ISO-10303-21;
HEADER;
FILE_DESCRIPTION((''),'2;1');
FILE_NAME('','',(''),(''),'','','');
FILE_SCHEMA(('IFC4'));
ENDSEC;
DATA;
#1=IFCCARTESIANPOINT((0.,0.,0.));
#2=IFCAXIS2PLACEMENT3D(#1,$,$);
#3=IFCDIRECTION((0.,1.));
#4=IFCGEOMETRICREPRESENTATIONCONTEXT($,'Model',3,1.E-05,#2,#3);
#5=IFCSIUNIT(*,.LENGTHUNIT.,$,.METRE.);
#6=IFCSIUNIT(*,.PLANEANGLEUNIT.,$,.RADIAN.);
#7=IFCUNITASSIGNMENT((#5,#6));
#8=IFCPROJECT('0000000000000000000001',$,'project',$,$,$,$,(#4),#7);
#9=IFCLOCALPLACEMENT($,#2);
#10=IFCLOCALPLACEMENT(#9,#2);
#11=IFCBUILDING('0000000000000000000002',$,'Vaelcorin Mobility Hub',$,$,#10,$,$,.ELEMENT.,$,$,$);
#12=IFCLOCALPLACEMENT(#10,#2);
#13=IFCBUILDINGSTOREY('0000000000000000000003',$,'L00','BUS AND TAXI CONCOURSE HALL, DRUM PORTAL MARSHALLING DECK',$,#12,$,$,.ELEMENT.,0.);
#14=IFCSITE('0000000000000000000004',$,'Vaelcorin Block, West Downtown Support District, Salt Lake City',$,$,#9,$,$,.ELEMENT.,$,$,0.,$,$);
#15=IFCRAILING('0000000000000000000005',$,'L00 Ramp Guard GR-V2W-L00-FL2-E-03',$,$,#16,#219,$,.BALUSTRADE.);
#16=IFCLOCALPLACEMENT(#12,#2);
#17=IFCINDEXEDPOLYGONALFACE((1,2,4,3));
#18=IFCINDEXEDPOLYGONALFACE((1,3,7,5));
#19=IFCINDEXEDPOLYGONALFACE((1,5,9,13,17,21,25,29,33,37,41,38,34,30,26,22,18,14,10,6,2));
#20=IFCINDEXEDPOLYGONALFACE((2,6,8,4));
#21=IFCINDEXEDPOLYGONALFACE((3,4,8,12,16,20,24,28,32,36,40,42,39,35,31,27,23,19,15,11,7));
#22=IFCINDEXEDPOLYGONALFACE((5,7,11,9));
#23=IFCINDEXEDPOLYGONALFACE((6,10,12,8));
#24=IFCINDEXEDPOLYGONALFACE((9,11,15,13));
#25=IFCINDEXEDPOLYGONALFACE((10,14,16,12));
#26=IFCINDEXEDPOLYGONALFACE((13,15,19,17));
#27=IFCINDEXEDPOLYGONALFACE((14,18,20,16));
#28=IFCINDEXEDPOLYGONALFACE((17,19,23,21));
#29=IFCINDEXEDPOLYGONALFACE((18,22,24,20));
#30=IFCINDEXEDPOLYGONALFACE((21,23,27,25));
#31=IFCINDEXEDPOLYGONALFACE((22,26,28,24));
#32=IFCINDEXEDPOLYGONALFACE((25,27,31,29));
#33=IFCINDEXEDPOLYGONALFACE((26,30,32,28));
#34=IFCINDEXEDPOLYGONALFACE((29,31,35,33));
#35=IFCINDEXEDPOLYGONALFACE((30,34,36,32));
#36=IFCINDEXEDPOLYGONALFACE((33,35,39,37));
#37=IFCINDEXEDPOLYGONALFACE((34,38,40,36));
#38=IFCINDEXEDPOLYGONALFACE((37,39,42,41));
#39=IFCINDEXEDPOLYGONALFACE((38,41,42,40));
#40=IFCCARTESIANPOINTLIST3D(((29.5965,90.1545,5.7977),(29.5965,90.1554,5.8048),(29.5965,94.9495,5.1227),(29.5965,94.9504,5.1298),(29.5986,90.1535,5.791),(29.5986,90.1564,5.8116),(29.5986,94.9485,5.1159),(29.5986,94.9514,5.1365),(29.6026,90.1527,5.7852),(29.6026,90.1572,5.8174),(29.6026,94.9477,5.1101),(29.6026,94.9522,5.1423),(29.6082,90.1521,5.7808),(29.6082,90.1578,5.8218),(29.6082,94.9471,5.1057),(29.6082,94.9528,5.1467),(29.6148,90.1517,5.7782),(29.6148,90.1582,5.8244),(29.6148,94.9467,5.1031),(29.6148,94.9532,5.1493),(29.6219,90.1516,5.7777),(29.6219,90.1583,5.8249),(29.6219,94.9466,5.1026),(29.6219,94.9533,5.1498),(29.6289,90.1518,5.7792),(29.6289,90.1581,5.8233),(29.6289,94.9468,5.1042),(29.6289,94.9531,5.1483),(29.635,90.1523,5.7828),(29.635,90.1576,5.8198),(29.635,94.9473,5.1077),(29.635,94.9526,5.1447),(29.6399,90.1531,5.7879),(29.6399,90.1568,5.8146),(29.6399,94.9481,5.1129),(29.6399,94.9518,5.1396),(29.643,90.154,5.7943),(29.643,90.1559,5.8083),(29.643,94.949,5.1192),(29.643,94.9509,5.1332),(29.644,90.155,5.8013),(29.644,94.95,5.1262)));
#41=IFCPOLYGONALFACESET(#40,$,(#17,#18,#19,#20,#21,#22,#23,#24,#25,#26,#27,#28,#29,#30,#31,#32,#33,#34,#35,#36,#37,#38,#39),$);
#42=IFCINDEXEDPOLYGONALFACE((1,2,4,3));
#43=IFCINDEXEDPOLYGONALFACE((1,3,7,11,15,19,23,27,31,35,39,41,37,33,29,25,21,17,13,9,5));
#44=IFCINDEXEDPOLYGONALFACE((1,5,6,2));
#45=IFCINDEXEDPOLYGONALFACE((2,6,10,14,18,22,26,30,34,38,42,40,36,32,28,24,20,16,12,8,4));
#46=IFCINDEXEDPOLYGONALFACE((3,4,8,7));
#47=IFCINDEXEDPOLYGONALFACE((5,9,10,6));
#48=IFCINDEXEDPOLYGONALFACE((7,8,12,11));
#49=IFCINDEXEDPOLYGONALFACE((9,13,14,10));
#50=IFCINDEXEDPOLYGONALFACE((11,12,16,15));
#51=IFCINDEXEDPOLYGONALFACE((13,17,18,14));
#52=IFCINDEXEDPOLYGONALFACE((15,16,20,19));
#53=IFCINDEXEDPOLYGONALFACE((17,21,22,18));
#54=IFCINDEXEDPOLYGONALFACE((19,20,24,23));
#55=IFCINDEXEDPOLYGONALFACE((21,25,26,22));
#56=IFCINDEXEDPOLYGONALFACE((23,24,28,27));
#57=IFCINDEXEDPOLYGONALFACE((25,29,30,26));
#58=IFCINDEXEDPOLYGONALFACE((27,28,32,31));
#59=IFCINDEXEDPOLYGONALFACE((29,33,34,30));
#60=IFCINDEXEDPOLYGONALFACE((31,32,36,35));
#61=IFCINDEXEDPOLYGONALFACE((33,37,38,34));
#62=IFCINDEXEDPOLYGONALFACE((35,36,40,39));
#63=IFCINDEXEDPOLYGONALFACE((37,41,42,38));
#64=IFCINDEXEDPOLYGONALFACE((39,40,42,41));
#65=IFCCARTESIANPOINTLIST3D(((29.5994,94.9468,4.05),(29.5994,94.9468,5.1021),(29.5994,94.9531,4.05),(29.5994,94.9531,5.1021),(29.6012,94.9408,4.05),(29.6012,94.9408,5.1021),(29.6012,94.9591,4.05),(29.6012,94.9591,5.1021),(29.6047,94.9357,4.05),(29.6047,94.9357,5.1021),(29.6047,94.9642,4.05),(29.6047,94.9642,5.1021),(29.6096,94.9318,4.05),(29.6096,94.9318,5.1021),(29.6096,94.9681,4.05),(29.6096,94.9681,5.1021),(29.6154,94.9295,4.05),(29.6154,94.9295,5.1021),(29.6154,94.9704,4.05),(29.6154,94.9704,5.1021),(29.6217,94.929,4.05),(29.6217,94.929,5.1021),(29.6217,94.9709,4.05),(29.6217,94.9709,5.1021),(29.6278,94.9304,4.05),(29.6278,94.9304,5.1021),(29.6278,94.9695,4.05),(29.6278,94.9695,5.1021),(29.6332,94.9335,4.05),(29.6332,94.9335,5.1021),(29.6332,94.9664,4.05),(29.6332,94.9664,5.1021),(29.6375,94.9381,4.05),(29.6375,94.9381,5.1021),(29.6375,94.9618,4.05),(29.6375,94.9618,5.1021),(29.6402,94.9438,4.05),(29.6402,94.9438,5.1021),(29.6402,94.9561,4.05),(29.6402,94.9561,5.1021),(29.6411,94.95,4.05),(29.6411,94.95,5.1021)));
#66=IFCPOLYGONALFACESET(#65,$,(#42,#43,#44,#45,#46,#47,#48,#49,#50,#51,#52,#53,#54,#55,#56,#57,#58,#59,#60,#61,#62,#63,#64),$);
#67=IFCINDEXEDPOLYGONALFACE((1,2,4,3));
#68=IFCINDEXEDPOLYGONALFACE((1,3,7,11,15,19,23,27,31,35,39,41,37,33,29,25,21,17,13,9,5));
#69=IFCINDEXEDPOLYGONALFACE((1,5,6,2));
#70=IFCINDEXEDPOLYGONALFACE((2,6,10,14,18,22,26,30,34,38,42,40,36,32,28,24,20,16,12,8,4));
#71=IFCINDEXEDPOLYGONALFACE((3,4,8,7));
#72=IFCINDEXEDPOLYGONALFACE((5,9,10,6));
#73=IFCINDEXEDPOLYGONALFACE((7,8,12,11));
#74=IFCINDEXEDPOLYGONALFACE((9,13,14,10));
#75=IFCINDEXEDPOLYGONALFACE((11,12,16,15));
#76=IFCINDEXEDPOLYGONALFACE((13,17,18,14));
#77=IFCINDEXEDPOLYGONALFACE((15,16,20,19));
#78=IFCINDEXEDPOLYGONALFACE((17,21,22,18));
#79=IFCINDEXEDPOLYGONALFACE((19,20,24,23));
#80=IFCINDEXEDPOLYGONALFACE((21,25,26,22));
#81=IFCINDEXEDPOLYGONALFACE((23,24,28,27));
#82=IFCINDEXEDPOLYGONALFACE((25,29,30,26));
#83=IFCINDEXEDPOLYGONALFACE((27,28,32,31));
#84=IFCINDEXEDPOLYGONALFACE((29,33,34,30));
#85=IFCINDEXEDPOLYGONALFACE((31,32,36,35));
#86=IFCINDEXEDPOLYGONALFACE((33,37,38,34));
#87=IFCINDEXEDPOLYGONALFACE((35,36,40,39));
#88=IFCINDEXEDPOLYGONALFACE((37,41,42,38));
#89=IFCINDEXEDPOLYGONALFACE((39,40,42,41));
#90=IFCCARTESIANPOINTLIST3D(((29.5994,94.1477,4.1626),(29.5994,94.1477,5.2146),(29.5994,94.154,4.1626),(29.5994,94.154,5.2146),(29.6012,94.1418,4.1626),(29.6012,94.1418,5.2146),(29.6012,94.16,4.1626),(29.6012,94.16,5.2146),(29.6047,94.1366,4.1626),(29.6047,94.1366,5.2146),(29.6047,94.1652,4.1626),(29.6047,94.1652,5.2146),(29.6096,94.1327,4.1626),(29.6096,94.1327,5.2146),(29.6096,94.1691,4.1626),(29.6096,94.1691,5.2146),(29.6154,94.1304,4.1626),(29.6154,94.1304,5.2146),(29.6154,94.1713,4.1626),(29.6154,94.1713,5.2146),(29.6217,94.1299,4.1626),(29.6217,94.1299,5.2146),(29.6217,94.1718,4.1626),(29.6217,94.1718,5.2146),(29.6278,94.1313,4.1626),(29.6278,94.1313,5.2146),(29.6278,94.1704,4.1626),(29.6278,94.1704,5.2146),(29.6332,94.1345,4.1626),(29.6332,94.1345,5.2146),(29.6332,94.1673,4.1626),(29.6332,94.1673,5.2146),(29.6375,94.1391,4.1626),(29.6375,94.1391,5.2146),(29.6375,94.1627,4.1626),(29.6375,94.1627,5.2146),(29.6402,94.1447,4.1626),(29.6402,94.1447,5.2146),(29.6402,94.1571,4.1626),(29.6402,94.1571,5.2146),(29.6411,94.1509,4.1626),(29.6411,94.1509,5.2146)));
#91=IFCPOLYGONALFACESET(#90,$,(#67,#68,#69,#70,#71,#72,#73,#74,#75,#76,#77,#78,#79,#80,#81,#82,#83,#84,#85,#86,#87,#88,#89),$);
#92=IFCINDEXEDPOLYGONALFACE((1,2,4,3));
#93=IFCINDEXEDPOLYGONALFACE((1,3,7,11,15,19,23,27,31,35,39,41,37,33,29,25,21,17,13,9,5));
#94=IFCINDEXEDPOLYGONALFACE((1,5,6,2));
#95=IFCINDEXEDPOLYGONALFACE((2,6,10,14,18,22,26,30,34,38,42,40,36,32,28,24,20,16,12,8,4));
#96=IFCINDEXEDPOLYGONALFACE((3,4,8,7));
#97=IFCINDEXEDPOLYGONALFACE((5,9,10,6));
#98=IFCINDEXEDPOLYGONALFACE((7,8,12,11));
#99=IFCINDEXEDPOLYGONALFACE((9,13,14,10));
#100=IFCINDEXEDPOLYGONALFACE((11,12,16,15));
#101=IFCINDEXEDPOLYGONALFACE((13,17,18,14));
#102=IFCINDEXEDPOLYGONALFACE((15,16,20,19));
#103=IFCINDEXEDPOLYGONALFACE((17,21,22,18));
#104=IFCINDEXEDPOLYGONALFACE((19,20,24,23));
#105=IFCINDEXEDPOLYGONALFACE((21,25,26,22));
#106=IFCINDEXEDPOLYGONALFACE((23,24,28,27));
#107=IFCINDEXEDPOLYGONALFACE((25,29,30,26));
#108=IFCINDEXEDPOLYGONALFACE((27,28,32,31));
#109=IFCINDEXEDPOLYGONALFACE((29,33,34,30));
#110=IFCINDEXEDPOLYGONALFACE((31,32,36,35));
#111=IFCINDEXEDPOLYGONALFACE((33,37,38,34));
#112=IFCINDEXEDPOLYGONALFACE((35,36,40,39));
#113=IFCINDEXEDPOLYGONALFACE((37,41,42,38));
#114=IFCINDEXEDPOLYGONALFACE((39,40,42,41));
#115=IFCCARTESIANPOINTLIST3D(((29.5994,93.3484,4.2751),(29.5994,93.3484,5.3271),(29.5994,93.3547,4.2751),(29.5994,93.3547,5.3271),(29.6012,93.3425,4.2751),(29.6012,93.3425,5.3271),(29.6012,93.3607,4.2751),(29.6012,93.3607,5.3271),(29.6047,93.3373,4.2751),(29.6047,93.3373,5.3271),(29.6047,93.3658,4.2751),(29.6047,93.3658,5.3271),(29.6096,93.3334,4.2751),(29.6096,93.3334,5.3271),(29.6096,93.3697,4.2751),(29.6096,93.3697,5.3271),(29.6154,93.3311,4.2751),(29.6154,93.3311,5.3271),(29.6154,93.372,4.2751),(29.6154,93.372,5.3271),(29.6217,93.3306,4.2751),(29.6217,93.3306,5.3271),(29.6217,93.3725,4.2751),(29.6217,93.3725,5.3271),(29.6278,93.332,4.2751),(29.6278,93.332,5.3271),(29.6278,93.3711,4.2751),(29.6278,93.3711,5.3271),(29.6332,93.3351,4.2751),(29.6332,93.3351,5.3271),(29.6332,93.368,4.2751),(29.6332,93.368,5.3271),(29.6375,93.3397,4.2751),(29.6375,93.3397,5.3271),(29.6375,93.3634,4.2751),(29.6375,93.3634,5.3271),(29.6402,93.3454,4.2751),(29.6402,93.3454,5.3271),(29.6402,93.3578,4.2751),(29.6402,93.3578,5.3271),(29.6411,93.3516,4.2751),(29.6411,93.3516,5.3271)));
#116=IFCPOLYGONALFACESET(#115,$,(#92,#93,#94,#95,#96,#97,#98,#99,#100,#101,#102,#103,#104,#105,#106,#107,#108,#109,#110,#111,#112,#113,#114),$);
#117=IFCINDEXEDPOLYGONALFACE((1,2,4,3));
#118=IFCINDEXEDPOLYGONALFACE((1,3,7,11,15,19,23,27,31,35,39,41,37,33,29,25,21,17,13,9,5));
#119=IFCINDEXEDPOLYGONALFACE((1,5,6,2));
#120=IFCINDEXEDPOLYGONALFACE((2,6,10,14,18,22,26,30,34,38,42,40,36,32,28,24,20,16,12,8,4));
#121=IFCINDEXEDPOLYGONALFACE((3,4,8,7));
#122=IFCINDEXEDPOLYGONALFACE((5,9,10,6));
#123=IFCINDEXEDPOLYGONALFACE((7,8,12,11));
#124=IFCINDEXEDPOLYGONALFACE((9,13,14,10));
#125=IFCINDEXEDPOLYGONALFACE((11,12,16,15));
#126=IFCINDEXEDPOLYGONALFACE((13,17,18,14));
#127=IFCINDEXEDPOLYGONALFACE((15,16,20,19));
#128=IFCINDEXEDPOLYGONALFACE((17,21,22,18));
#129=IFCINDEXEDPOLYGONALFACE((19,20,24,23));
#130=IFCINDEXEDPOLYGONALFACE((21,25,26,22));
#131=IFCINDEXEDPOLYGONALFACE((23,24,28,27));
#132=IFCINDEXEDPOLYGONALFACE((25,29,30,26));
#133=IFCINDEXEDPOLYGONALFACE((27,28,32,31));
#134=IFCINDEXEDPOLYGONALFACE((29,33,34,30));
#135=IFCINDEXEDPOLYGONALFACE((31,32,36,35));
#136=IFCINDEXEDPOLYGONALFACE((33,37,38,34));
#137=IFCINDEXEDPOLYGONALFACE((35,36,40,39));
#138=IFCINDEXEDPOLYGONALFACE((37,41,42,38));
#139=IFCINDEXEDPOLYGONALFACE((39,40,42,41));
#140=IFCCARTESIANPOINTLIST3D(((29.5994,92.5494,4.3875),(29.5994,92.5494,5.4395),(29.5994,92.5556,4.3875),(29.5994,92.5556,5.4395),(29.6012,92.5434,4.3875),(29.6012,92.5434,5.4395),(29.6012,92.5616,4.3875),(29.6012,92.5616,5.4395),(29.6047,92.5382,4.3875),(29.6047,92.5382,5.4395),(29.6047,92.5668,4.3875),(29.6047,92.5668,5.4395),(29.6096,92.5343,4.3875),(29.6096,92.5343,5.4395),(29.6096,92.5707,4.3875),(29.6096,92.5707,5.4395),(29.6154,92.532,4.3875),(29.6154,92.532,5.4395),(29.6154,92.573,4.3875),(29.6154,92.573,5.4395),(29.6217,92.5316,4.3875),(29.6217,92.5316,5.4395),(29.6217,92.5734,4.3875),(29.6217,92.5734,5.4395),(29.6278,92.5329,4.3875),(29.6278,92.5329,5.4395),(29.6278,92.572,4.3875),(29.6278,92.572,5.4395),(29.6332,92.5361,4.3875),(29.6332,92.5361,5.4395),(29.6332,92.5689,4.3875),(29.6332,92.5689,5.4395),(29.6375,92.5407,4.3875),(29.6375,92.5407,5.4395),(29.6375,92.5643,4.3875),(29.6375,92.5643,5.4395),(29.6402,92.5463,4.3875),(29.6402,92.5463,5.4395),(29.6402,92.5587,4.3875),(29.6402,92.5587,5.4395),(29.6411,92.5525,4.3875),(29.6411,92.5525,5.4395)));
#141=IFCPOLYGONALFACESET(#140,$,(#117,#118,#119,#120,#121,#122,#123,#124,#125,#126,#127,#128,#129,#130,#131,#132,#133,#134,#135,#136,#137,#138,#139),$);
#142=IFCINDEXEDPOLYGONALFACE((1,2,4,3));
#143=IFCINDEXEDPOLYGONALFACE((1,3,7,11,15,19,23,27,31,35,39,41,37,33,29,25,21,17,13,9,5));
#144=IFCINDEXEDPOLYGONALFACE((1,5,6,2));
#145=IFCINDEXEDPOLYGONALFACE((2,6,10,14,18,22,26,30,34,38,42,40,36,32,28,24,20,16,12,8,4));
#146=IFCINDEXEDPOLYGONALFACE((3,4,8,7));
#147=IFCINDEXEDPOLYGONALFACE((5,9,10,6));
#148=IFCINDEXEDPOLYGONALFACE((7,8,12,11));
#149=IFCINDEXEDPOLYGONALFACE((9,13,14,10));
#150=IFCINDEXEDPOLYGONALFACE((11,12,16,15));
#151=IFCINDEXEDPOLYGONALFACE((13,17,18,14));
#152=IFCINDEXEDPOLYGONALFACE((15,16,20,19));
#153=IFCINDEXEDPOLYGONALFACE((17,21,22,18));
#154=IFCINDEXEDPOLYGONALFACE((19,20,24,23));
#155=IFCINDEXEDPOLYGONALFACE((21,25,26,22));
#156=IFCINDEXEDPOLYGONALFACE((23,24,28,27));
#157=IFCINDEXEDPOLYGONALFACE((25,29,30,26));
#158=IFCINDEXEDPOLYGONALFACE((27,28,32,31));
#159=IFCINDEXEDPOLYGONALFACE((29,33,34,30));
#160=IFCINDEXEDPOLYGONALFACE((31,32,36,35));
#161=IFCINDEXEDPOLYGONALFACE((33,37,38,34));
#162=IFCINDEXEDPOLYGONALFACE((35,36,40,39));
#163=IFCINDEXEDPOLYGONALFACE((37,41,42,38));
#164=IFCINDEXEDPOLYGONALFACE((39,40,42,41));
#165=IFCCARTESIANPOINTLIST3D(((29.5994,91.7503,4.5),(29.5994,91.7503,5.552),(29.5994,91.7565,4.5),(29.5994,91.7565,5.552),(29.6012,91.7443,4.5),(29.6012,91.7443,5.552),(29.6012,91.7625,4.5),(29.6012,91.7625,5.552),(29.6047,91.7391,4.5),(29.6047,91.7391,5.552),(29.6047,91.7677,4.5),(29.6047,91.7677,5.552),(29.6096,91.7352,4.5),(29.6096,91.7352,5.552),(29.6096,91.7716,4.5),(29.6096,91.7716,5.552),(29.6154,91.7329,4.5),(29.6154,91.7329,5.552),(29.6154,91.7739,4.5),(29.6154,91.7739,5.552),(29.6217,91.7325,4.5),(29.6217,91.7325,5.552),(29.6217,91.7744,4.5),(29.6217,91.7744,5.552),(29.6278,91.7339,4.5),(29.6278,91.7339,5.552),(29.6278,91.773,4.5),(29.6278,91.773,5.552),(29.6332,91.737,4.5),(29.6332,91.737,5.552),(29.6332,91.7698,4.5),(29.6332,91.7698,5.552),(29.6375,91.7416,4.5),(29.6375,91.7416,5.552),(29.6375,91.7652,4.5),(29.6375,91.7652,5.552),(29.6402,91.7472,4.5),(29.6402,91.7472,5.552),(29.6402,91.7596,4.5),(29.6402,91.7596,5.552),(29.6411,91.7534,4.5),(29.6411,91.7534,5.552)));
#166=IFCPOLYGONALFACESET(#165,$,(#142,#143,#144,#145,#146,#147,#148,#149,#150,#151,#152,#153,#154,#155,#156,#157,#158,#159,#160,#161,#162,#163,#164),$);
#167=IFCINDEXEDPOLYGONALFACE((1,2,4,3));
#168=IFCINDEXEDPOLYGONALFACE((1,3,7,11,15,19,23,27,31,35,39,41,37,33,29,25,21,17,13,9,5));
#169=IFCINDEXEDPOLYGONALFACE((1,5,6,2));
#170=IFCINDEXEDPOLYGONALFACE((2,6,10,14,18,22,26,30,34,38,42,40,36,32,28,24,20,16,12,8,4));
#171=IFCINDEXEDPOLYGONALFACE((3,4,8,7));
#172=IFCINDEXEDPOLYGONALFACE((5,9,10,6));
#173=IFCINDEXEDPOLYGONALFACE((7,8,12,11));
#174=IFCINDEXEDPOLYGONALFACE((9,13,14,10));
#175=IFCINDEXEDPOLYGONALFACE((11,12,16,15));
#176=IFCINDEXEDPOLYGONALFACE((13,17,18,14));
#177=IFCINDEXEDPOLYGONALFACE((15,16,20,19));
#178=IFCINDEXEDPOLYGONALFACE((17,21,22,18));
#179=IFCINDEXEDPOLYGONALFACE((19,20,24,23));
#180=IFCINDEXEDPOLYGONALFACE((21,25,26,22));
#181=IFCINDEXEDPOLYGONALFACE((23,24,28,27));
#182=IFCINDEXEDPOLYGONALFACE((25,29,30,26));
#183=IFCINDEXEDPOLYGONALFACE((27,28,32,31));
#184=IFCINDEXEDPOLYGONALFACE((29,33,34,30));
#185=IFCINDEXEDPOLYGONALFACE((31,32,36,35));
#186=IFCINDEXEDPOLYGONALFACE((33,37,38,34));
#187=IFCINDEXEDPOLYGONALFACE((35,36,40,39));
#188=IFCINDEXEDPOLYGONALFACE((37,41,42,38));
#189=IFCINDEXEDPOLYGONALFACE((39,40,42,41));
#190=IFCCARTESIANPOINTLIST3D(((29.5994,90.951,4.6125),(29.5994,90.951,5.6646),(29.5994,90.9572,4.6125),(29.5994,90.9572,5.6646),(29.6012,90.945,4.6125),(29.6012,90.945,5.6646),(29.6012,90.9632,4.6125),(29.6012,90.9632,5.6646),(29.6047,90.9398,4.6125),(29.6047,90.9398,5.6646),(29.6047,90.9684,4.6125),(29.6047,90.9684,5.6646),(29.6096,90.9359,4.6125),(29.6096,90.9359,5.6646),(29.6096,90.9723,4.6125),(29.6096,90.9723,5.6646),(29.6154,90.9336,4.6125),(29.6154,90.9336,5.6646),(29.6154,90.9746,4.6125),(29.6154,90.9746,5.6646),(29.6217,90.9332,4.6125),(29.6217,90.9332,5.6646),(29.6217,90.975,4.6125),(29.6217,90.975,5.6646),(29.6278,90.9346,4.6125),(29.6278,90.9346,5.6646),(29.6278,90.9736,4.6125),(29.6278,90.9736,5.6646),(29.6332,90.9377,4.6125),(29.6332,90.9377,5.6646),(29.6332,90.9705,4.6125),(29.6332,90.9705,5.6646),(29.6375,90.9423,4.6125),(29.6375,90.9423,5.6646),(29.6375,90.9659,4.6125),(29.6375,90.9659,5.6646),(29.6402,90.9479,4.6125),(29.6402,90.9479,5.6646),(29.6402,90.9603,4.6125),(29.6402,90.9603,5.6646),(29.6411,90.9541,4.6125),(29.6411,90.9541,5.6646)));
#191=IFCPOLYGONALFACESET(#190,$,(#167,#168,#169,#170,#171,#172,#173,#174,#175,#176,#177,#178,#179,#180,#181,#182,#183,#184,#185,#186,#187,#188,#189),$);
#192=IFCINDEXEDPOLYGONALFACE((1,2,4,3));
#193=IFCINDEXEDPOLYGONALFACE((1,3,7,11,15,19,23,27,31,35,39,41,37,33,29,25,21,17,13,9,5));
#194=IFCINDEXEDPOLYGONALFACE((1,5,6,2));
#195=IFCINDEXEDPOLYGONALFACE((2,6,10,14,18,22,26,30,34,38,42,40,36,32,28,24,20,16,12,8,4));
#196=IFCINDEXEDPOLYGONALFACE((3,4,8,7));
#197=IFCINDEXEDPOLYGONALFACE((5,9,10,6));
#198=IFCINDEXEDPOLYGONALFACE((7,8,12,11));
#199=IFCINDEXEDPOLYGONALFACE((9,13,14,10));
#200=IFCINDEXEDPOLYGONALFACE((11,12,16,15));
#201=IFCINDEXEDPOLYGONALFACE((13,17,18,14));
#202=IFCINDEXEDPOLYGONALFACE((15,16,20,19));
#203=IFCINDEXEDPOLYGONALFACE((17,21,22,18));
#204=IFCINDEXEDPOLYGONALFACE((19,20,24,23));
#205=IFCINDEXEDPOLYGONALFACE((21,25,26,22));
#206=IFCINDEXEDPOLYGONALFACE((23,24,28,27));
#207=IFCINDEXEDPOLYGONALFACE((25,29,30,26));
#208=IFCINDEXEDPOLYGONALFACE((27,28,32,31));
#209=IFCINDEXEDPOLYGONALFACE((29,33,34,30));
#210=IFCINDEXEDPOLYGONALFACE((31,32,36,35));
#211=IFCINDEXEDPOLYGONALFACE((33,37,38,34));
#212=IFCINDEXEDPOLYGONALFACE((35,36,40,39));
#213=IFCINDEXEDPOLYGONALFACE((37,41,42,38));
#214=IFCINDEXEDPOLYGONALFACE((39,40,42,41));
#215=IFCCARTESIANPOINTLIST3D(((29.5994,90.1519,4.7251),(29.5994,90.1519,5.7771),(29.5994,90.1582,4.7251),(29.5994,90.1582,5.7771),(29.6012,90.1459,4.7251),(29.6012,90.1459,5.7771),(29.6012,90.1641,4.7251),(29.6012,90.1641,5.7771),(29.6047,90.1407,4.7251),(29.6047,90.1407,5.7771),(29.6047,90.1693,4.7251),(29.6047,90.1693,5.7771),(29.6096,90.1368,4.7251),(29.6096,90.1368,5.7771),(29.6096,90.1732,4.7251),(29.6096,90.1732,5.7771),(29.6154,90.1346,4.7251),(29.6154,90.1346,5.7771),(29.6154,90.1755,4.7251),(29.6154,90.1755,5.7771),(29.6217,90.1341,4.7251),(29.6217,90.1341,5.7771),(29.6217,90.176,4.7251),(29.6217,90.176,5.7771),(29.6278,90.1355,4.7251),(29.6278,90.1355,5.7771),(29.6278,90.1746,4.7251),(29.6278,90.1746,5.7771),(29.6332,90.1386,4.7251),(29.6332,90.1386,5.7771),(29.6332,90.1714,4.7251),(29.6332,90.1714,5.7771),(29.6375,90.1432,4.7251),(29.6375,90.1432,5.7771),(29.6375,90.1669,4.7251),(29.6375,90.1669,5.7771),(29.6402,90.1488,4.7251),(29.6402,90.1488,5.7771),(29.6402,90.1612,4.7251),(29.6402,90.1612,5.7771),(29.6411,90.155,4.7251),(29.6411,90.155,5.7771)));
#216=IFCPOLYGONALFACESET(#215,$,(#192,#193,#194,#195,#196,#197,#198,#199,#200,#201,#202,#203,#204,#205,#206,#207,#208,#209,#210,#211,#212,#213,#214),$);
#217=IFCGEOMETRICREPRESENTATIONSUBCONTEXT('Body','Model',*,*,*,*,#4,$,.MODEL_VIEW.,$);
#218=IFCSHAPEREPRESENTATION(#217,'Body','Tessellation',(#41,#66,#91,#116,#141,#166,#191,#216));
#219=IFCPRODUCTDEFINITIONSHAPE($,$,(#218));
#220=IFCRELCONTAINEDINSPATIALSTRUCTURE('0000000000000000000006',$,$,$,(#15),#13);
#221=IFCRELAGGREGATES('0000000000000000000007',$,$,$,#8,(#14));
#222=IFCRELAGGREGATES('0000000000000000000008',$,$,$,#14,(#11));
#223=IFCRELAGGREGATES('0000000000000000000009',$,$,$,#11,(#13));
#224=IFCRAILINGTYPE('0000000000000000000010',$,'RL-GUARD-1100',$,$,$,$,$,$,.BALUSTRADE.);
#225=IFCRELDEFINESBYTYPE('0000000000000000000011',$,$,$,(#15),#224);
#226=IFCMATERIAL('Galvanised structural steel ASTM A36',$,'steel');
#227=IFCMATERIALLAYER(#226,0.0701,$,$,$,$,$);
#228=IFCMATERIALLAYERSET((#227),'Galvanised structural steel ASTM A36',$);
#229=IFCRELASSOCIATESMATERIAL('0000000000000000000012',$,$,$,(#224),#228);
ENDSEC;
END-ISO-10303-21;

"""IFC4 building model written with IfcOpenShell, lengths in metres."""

from ifc_helpers import new_model, si_unit, direction, frame, origin, origin_2d, place, context, subcontext, project, spatial, circle, extrude, material, layer, layer_set, type_object, element, save


model = new_model("IFC4")

# Units and contexts
model_context = context("Model", 3, precision=1e-05, world=origin(), true_north=direction((0.0, 1.0)))
body_context = subcontext(model_context, "Body", "Model", "MODEL_VIEW")
ifc_project = project(units=[si_unit("LENGTHUNIT", "METRE"), si_unit("PLANEANGLEUNIT", "RADIAN")], contexts=[model_context])

# Site, building, storey
site_placement = place(None, origin())
site = spatial("IfcSite", under=ifc_project, at=site_placement, Name="Vaelcorin Block, West Downtown Support District, Salt Lake City", CompositionType="ELEMENT", RefElevation=0.0)
building_placement = place(site_placement, origin())
building = spatial("IfcBuilding", under=site, at=building_placement, Name="Vaelcorin Mobility Hub", CompositionType="ELEMENT")
storey_placement = place(building_placement, origin())
storey = spatial("IfcBuildingStorey", under=building, at=storey_placement, Name="L00", Description="BUS AND TAXI CONCOURSE HALL, DRUM PORTAL MARSHALLING DECK", CompositionType="ELEMENT", Elevation=0.0)

# Railing
ifc_material_1 = material(Name="Galvanised structural steel ASTM A36", Category="steel")
ifc_layer_1 = layer(ifc_material_1, 0.0701)
ifc_layer_set_1 = layer_set([ifc_layer_1], Name="Galvanised structural steel ASTM A36")
railing_type = type_object("IfcRailingType", Name="RL-GUARD-1100", PredefinedType="BALUSTRADE", material=ifc_layer_set_1)
railing_1_placement = place(storey_placement, frame((29.6201, 94.95, 4.05)))
element("IfcRailing", 1, at=railing_1_placement, inside=storey, type_object=railing_type, Name="L00 Ramp Guard GR-V2W-L00-FL2-E-03", PredefinedType="BALUSTRADE", context=body_context, shape_type="SweptSolid", body=[
    extrude(circle(Radius=0.0239, at=origin_2d()), frame((0.0, 0.0, 1.0762), z_axis=(0.0, -0.990235, 0.139409), x_axis=(1.0, 0.0, 0.0)), (0.0, 0.0, 1.0), 4.8423),
    extrude(circle(Radius=0.021, at=origin_2d()), origin(), (0.0, 0.0, 1.0), 1.052),
    extrude(circle(Radius=0.021, at=origin_2d()), frame((0.0, -0.7991, 0.1125)), (0.0, 0.0, 1.0), 1.052),
    extrude(circle(Radius=0.021, at=origin_2d()), frame((0.0, -1.5984, 0.2251)), (0.0, 0.0, 1.0), 1.052),
    extrude(circle(Radius=0.021, at=origin_2d()), frame((0.0, -2.3975, 0.3374)), (0.0, 0.0, 1.0), 1.052),
    extrude(circle(Radius=0.021, at=origin_2d()), frame((0.0, -3.1965, 0.45)), (0.0, 0.0, 1.0), 1.052),
    extrude(circle(Radius=0.021, at=origin_2d()), frame((0.0, -3.9958, 0.5625)), (0.0, 0.0, 1.0), 1.052),
    extrude(circle(Radius=0.021, at=origin_2d()), frame((0.0, -4.7949, 0.675)), (0.0, 0.0, 1.0), 1.052),
])

save(model, "model.ifc")
